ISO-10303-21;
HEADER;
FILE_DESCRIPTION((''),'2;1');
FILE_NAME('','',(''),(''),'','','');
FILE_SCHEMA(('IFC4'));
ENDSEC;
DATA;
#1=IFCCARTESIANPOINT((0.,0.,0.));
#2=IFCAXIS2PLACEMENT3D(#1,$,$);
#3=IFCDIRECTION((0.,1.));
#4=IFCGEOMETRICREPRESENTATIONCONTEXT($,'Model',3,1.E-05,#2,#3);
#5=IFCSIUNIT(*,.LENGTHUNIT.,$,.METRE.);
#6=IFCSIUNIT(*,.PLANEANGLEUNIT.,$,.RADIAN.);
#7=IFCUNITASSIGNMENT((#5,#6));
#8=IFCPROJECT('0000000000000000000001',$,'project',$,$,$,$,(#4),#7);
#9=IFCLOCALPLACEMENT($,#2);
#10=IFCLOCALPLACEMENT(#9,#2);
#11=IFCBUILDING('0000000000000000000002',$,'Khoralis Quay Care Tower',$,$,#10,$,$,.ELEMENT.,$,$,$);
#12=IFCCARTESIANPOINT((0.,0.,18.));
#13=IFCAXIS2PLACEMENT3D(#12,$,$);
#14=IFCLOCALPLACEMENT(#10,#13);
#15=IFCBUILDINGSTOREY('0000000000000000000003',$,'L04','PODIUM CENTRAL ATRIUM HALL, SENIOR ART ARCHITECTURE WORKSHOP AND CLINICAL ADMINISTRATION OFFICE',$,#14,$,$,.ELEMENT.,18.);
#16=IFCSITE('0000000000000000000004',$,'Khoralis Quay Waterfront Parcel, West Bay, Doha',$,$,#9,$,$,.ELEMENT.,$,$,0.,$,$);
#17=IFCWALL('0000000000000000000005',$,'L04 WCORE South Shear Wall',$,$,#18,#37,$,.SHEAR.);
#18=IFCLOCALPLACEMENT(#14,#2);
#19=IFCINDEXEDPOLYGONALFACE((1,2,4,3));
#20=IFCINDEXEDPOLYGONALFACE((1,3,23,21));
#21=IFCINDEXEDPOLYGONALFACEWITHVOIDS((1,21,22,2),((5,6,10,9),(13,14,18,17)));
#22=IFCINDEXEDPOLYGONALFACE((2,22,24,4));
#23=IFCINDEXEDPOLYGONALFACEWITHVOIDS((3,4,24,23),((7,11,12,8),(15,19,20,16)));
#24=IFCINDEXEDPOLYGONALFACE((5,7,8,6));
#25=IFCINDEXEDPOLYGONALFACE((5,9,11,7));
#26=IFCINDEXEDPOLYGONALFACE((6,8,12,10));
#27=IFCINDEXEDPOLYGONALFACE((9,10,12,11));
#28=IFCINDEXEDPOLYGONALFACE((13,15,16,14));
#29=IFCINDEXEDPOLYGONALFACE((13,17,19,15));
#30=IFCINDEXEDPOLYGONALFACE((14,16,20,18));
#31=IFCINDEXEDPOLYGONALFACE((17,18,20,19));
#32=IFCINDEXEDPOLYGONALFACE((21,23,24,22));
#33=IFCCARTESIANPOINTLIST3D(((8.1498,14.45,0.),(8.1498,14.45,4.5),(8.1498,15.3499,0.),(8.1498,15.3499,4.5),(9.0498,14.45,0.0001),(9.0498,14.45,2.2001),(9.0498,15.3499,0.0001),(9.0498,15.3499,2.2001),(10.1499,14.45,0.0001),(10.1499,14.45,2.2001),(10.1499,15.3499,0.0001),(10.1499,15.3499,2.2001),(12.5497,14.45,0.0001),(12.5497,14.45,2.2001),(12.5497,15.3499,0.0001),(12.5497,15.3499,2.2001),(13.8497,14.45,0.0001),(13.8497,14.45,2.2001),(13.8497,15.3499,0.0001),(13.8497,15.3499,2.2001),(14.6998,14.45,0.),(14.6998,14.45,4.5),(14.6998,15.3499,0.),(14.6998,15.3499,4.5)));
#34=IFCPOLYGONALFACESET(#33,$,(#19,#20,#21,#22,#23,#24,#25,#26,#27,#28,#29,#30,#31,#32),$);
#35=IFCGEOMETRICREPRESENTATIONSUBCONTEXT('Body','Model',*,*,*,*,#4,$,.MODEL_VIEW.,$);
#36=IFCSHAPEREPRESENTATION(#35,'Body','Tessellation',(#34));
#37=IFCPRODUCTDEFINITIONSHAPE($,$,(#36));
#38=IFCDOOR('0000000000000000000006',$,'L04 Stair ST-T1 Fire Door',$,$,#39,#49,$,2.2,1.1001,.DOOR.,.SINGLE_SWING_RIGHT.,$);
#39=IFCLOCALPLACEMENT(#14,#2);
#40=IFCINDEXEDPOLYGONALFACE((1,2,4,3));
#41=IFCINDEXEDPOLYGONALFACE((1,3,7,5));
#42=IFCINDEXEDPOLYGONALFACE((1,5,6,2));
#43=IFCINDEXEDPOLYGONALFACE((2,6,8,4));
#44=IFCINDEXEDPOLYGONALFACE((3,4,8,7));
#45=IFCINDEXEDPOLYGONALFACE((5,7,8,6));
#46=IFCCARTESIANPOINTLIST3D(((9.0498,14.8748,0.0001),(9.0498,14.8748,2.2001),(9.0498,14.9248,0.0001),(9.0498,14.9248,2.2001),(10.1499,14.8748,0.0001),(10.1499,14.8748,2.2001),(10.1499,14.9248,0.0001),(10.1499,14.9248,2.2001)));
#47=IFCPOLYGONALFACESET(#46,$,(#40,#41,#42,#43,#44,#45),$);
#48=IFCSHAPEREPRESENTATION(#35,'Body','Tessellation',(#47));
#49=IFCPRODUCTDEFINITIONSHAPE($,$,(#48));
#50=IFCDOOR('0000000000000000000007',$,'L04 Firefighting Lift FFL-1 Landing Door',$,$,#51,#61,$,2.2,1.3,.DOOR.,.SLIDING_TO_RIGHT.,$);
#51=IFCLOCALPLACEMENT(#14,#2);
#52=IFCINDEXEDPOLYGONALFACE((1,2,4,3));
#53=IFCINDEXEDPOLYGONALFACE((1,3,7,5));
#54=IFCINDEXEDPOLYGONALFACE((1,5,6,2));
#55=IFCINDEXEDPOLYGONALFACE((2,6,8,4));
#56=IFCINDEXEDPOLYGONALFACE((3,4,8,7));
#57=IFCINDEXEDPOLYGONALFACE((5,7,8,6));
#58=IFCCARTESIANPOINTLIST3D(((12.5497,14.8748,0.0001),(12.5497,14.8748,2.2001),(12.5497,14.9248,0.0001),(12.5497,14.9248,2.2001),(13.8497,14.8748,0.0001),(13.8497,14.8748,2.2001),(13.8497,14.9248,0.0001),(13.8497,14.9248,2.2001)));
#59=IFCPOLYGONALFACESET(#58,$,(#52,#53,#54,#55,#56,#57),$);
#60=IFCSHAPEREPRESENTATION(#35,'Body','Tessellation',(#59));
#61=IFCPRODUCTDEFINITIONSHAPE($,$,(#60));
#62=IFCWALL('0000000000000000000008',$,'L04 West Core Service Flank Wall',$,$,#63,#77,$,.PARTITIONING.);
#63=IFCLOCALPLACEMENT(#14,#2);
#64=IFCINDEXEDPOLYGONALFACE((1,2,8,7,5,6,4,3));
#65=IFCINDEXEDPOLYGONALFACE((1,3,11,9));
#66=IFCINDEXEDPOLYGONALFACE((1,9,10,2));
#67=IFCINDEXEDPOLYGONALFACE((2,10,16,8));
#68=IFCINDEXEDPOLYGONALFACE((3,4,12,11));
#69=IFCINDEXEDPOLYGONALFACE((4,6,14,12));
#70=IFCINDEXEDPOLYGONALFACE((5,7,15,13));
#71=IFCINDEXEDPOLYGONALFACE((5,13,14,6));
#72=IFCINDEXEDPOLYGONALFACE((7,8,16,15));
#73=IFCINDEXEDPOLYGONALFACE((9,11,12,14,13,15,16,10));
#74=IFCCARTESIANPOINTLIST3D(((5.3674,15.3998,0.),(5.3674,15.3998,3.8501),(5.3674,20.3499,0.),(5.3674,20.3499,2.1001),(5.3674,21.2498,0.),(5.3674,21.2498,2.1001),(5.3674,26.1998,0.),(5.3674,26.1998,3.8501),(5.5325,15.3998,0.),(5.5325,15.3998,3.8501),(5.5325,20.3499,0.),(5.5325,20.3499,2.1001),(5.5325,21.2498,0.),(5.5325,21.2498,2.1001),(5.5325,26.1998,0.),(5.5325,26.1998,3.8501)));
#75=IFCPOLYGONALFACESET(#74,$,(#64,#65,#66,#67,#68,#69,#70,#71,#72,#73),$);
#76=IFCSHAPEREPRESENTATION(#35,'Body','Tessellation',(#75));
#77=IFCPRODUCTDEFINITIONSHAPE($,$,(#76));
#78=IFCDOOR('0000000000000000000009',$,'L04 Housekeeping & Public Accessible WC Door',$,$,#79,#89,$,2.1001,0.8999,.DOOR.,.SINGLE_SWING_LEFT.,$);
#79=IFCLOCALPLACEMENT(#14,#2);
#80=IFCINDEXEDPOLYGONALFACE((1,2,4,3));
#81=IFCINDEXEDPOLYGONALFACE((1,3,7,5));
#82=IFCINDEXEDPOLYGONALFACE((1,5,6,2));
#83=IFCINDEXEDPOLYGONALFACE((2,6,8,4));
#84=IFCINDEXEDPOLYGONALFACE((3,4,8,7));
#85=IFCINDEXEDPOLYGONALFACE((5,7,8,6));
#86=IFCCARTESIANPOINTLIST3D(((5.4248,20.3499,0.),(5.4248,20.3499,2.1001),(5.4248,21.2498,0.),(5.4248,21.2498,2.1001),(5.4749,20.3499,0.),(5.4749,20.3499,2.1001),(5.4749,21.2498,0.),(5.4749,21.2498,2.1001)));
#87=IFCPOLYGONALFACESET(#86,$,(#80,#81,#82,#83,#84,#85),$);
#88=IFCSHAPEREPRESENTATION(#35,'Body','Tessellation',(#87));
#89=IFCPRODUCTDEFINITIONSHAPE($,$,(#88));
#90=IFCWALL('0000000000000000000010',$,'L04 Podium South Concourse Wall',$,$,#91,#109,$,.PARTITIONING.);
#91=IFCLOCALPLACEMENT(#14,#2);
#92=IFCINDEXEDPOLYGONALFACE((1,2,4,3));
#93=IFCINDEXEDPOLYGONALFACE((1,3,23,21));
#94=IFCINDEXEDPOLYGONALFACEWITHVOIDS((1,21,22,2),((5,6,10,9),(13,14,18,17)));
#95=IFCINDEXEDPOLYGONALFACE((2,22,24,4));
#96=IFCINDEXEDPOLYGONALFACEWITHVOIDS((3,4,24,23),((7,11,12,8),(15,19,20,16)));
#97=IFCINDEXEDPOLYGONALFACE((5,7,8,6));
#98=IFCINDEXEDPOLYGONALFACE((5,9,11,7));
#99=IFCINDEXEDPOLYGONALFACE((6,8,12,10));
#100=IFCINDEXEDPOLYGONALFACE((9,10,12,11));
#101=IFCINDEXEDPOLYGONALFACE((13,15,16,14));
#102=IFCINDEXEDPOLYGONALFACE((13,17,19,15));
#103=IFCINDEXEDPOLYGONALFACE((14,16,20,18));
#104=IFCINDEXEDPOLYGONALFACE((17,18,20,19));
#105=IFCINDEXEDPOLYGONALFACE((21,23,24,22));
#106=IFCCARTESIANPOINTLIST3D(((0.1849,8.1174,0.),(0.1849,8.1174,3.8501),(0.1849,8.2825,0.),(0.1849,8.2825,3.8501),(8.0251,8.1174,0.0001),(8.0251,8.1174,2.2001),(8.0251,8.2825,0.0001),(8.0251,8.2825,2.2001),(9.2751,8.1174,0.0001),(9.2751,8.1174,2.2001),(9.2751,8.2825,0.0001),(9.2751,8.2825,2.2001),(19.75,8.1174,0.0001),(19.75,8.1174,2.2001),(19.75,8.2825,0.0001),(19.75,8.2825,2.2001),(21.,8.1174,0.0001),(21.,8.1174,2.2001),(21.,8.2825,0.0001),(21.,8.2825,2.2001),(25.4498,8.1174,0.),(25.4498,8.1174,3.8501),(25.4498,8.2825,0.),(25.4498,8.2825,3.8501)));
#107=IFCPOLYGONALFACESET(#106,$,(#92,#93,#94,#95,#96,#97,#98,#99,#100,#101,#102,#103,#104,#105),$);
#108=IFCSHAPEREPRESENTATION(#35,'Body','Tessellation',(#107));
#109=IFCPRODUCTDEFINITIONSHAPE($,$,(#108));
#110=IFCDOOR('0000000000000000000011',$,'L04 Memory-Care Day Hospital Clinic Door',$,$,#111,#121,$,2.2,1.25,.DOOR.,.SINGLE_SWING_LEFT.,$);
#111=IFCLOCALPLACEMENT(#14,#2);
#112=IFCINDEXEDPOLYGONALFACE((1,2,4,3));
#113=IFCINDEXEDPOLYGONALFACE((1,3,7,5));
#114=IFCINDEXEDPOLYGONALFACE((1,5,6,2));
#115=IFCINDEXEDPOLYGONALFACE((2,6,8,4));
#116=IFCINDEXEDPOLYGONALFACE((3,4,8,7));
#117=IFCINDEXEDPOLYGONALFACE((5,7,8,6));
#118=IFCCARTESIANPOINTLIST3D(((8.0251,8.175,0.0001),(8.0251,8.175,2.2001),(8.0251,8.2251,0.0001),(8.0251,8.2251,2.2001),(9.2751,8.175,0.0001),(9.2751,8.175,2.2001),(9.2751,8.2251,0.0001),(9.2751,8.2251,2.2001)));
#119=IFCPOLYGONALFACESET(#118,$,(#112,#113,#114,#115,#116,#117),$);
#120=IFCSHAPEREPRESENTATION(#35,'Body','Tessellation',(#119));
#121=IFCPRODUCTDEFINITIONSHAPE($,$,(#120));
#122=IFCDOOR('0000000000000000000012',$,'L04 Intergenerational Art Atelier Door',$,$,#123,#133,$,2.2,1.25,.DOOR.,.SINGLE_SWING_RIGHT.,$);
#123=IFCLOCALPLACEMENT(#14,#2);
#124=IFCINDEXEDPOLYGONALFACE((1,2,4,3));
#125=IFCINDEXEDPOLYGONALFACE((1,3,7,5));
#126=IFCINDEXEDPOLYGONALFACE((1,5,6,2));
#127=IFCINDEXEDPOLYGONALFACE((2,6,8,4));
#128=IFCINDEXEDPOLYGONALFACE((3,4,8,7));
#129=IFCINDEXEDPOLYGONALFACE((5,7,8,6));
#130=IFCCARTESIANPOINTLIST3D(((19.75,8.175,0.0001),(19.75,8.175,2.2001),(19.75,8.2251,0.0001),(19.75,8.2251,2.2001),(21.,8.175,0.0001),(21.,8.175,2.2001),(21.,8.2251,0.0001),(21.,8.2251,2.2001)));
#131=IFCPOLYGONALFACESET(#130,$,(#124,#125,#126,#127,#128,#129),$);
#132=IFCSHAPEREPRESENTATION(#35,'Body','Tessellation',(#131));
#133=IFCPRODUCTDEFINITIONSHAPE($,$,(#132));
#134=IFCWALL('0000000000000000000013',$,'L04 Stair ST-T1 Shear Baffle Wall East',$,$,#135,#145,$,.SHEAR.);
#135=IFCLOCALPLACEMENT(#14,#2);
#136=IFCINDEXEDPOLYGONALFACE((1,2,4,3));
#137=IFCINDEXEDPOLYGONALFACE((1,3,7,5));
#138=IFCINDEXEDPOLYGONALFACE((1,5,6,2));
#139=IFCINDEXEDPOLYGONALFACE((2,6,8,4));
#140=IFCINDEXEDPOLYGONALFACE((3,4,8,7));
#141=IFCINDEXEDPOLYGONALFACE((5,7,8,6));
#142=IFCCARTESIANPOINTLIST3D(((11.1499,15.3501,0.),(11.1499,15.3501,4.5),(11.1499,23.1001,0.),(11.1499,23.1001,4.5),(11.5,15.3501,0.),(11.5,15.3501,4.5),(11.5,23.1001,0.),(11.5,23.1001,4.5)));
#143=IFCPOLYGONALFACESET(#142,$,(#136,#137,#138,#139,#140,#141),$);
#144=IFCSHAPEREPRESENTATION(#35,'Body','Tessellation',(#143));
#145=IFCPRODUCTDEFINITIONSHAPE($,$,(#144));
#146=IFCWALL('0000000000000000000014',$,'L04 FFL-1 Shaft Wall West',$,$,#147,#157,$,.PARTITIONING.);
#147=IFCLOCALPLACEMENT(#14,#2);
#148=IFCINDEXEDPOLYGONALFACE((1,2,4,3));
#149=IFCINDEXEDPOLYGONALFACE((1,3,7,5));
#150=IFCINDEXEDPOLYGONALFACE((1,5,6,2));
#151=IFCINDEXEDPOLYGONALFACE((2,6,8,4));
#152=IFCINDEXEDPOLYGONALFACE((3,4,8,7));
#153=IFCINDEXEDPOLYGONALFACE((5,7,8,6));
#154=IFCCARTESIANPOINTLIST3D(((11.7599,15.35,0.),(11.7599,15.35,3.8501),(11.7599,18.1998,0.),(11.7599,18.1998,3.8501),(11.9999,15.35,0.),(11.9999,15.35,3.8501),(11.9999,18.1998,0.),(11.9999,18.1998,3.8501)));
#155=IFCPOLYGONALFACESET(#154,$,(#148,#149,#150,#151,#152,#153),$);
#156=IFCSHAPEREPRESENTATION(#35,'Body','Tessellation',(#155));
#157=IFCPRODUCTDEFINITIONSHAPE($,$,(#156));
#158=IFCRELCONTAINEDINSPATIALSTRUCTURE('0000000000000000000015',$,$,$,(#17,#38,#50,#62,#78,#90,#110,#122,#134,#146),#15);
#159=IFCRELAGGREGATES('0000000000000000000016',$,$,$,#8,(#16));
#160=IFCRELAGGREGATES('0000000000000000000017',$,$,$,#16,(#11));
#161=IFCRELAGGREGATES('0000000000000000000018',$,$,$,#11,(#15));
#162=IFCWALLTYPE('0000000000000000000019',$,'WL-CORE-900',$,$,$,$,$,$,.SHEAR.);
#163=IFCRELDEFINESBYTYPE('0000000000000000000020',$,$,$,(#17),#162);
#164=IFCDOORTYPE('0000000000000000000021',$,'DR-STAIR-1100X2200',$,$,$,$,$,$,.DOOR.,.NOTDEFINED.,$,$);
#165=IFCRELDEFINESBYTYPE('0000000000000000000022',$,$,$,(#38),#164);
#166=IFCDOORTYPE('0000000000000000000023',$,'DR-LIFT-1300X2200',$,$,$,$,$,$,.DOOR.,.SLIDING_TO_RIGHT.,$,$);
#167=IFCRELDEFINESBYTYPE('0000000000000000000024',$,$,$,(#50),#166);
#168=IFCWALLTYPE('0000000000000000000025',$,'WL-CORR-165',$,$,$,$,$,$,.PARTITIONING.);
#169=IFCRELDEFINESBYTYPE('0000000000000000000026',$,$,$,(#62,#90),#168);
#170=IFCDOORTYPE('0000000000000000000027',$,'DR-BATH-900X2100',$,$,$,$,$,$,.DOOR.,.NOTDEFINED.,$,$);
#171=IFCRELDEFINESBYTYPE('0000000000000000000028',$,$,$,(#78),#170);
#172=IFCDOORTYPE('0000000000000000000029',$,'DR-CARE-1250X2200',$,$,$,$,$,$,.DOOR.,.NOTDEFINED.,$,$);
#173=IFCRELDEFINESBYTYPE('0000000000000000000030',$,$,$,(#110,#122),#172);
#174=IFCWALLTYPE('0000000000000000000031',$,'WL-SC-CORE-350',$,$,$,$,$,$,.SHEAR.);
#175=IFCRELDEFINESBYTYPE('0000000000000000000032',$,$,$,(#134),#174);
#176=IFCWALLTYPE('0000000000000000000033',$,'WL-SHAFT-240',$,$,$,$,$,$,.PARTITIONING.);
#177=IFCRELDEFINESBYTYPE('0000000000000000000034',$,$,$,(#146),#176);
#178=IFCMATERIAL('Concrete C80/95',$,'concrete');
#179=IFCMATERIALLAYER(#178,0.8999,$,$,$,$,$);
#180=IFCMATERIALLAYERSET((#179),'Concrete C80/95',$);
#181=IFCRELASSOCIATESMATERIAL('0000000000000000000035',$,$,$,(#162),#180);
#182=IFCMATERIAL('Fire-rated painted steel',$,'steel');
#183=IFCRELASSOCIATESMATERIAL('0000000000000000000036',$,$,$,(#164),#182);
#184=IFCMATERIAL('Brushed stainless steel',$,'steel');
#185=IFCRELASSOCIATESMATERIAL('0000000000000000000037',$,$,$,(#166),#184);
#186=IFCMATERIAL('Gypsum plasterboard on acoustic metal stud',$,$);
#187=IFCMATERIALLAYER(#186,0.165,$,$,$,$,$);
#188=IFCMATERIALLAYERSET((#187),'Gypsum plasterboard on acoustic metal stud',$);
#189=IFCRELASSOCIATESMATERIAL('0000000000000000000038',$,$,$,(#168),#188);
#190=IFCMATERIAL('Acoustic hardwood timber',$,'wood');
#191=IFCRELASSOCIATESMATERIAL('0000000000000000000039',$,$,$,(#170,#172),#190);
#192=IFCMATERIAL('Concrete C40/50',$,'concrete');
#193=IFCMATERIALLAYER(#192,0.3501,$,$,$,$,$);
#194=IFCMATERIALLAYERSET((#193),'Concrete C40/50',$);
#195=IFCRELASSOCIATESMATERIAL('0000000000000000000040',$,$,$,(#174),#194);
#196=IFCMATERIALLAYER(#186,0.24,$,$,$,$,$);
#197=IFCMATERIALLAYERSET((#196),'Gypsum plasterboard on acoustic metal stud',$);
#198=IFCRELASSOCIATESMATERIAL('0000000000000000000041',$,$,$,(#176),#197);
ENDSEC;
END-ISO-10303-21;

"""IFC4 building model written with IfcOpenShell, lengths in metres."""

from ifc_helpers import new_model, si_unit, direction, frame, frame_2d, origin, place, context, subcontext, project, spatial, rectangle, extrude, source, transform, mapped, material, layer, layer_set, type_object, element, fill, save


model = new_model("IFC4")

# Units and contexts
model_context = context("Model", 3, precision=1e-05, world=origin(), true_north=direction((0.0, 1.0)))
body_context = subcontext(model_context, "Body", "Model", "MODEL_VIEW")
ifc_project = project(units=[si_unit("LENGTHUNIT", "METRE"), si_unit("PLANEANGLEUNIT", "RADIAN")], contexts=[model_context])

# Site, building, storey
site_placement = place(None, origin())
site = spatial("IfcSite", under=ifc_project, at=site_placement, Name="Khoralis Quay Waterfront Parcel, West Bay, Doha", CompositionType="ELEMENT", RefElevation=0.0)
building_placement = place(site_placement, origin())
building = spatial("IfcBuilding", under=site, at=building_placement, Name="Khoralis Quay Care Tower", CompositionType="ELEMENT")
storey_placement = place(building_placement, frame((0.0, 0.0, 18.0)))
storey = spatial("IfcBuildingStorey", under=building, at=storey_placement, Name="L04", Description="PODIUM CENTRAL ATRIUM HALL, SENIOR ART ARCHITECTURE WORKSHOP AND CLINICAL ADMINISTRATION OFFICE", CompositionType="ELEMENT", Elevation=18.0)

# Shared definitions
ifc_material_1 = material(Name="Concrete C80/95", Category="concrete")

# Shared definitions
ifc_material_2 = material(Name="Gypsum plasterboard on acoustic metal stud")
ifc_material_3 = material(Name="Fire-rated painted steel", Category="steel")

# Shared definitions
ifc_layer_1 = layer(ifc_material_1, 0.8999)
ifc_layer_set_1 = layer_set([ifc_layer_1], Name="Concrete C80/95")
wall_type_1 = type_object("IfcWallType", Name="WL-CORE-900", PredefinedType="SHEAR", material=ifc_layer_set_1)

# Wall, openings, doors
wall_1_placement = place(storey_placement, frame((8.1499, 14.8999, 0.0), z_axis=(0.0, 0.0, 1.0), x_axis=(1.0, 0.0, 0.0)))
wall_1 = element("IfcWall", 1, at=wall_1_placement, inside=storey, type_object=wall_type_1, Name="L04 WCORE South Shear Wall", PredefinedType="SHEAR", context=body_context, shape_type="SweptSolid", body=[
    extrude(rectangle(XDim=6.55, YDim=0.8999, at=frame_2d((3.2749, 0.0))), origin(), (0.0, 0.0, 1.0), 4.5),
])
opening_1_placement = place(wall_1_placement, frame((0.8999, 0.0, 0.0)))
opening_1 = element("IfcOpeningElement", 2, at=opening_1_placement, cuts=wall_1, PredefinedType="OPENING", context=body_context, shape_type="SweptSolid", body=[
    extrude(rectangle(XDim=1.1001, YDim=2.2, at=frame_2d((0.55, 1.1001))), frame((0.0, 0.46, 0.0), z_axis=(0.0, -1.0, 0.0), x_axis=(1.0, 0.0, 0.0)), (0.0, 0.0, 1.0), 0.9199),
])
opening_2_placement = place(wall_1_placement, frame((4.3999, 0.0, 0.0)))
opening_2 = element("IfcOpeningElement", 3, at=opening_2_placement, cuts=wall_1, PredefinedType="OPENING", context=body_context, shape_type="SweptSolid", body=[
    extrude(rectangle(XDim=1.3, YDim=2.2, at=frame_2d((0.6499, 1.1001))), frame((0.0, 0.46, 0.0), z_axis=(0.0, -1.0, 0.0), x_axis=(1.0, 0.0, 0.0)), (0.0, 0.0, 1.0), 0.9199),
])
door_type_1 = type_object("IfcDoorType", Name="DR-STAIR-1100X2200", OperationType="NOTDEFINED", PredefinedType="DOOR", material=ifc_material_3)
shared_shape_1 = source(origin(), body_context, "Body", "SweptSolid", [
    extrude(rectangle(XDim=1.1001, YDim=2.2, at=frame_2d((0.55, 1.1001))), frame((0.0, 0.0249, 0.0), z_axis=(0.0, -1.0, 0.0), x_axis=(1.0, 0.0, 0.0)), (0.0, 0.0, 1.0), 0.05),
])
door_1_placement = place(opening_1_placement, origin())
door_1 = element("IfcDoor", 4, at=door_1_placement, inside=storey, type_object=door_type_1, Name="L04 Stair ST-T1 Fire Door", OperationType="SINGLE_SWING_RIGHT", OverallHeight=2.2, OverallWidth=1.1001, PredefinedType="DOOR", context=body_context, shape_type="MappedRepresentation", body=[
    mapped(shared_shape_1, transform((0.0, 0.0, 0.0), scale=1.0)),
])
fill(opening_1, door_1)
ifc_material_4 = material(Name="Brushed stainless steel", Category="steel")
door_type_2 = type_object("IfcDoorType", Name="DR-LIFT-1300X2200", OperationType="SLIDING_TO_RIGHT", PredefinedType="DOOR", material=ifc_material_4)
shared_shape_2 = source(origin(), body_context, "Body", "SweptSolid", [
    extrude(rectangle(XDim=1.3, YDim=2.2, at=frame_2d((0.6499, 1.1001))), frame((0.0, 0.0249, 0.0), z_axis=(0.0, -1.0, 0.0), x_axis=(1.0, 0.0, 0.0)), (0.0, 0.0, 1.0), 0.05),
])
door_2_placement = place(opening_2_placement, origin())
door_2 = element("IfcDoor", 5, at=door_2_placement, inside=storey, type_object=door_type_2, Name="L04 Firefighting Lift FFL-1 Landing Door", OperationType="SLIDING_TO_RIGHT", OverallHeight=2.2, OverallWidth=1.3, PredefinedType="DOOR", context=body_context, shape_type="MappedRepresentation", body=[
    mapped(shared_shape_2, transform((0.0, 0.0, 0.0), scale=1.0)),
])
fill(opening_2, door_2)

# Wall, opening, door
ifc_layer_2 = layer(ifc_material_2, 0.165)
ifc_layer_set_2 = layer_set([ifc_layer_2], Name="Gypsum plasterboard on acoustic metal stud")
wall_type_2 = type_object("IfcWallType", Name="WL-CORR-165", PredefinedType="PARTITIONING", material=ifc_layer_set_2)
wall_2_placement = place(storey_placement, frame((5.45, 15.3999, 0.0), z_axis=(0.0, 0.0, 1.0), x_axis=(0.0, 1.0, 0.0)))
wall_2 = element("IfcWall", 6, at=wall_2_placement, inside=storey, type_object=wall_type_2, Name="L04 West Core Service Flank Wall", PredefinedType="PARTITIONING", context=body_context, shape_type="SweptSolid", body=[
    extrude(rectangle(XDim=10.8, YDim=0.165, at=frame_2d((5.3999, 0.0))), origin(), (0.0, 0.0, 1.0), 3.8501),
])
opening_3_placement = place(wall_2_placement, frame((4.95, 0.0, 0.0)))
opening_3 = element("IfcOpeningElement", 7, at=opening_3_placement, cuts=wall_2, PredefinedType="OPENING", context=body_context, shape_type="SweptSolid", body=[
    extrude(rectangle(XDim=0.8999, YDim=2.1001, at=frame_2d((0.45, 1.05))), frame((0.0, 0.0925, 0.0), z_axis=(0.0, -1.0, 0.0), x_axis=(1.0, 0.0, 0.0)), (0.0, 0.0, 1.0), 0.1851),
])
ifc_material_5 = material(Name="Acoustic hardwood timber", Category="wood")
door_type_3 = type_object("IfcDoorType", Name="DR-BATH-900X2100", OperationType="NOTDEFINED", PredefinedType="DOOR", material=ifc_material_5)
shared_shape_3 = source(origin(), body_context, "Body", "SweptSolid", [
    extrude(rectangle(XDim=0.8999, YDim=2.1001, at=frame_2d((0.45, 1.05))), frame((0.0, 0.0249, 0.0), z_axis=(0.0, -1.0, 0.0), x_axis=(1.0, 0.0, 0.0)), (0.0, 0.0, 1.0), 0.05),
])
door_3_placement = place(opening_3_placement, frame((0.8999, 0.0, 0.0), z_axis=(0.0, 0.0, 1.0), x_axis=(-1.0, 0.0, 0.0)))
door_3 = element("IfcDoor", 8, at=door_3_placement, inside=storey, type_object=door_type_3, Name="L04 Housekeeping & Public Accessible WC Door", OperationType="SINGLE_SWING_LEFT", OverallHeight=2.1001, OverallWidth=0.8999, PredefinedType="DOOR", context=body_context, shape_type="MappedRepresentation", body=[
    mapped(shared_shape_3, transform((0.0, 0.0, 0.0), scale=1.0)),
])
fill(opening_3, door_3)

# Wall, openings, doors
wall_3_placement = place(storey_placement, frame((0.1851, 8.2, 0.0), z_axis=(0.0, 0.0, 1.0), x_axis=(1.0, 0.0, 0.0)))
wall_3 = element("IfcWall", 9, at=wall_3_placement, inside=storey, type_object=wall_type_2, Name="L04 Podium South Concourse Wall", PredefinedType="PARTITIONING", context=body_context, shape_type="SweptSolid", body=[
    extrude(rectangle(XDim=25.2649, YDim=0.165, at=frame_2d((12.6323, 0.0))), origin(), (0.0, 0.0, 1.0), 3.8501),
])
opening_4_placement = place(wall_3_placement, frame((7.8401, 0.0, 0.0)))
opening_4 = element("IfcOpeningElement", 10, at=opening_4_placement, cuts=wall_3, PredefinedType="OPENING", context=body_context, shape_type="SweptSolid", body=[
    extrude(rectangle(XDim=1.25, YDim=2.2, at=frame_2d((0.625, 1.1001))), frame((0.0, 0.0925, 0.0), z_axis=(0.0, -1.0, 0.0), x_axis=(1.0, 0.0, 0.0)), (0.0, 0.0, 1.0), 0.1851),
])
opening_5_placement = place(wall_3_placement, frame((19.5649, 0.0, 0.0)))
opening_5 = element("IfcOpeningElement", 11, at=opening_5_placement, cuts=wall_3, PredefinedType="OPENING", context=body_context, shape_type="SweptSolid", body=[
    extrude(rectangle(XDim=1.25, YDim=2.2, at=frame_2d((0.625, 1.1001))), frame((0.0, 0.0925, 0.0), z_axis=(0.0, -1.0, 0.0), x_axis=(1.0, 0.0, 0.0)), (0.0, 0.0, 1.0), 0.1851),
])
door_type_4 = type_object("IfcDoorType", Name="DR-CARE-1250X2200", OperationType="NOTDEFINED", PredefinedType="DOOR", material=ifc_material_5)
shared_shape_4 = source(origin(), body_context, "Body", "SweptSolid", [
    extrude(rectangle(XDim=1.25, YDim=2.2, at=frame_2d((0.625, 1.1001))), frame((0.0, 0.0249, 0.0), z_axis=(0.0, -1.0, 0.0), x_axis=(1.0, 0.0, 0.0)), (0.0, 0.0, 1.0), 0.05),
])
door_4_placement = place(opening_4_placement, frame((1.25, 0.0, 0.0), z_axis=(0.0, 0.0, 1.0), x_axis=(-1.0, 0.0, 0.0)))
door_4 = element("IfcDoor", 12, at=door_4_placement, inside=storey, type_object=door_type_4, Name="L04 Memory-Care Day Hospital Clinic Door", OperationType="SINGLE_SWING_LEFT", OverallHeight=2.2, OverallWidth=1.25, PredefinedType="DOOR", context=body_context, shape_type="MappedRepresentation", body=[
    mapped(shared_shape_4, transform((0.0, 0.0, 0.0), scale=1.0)),
])
fill(opening_4, door_4)
door_5_placement = place(opening_5_placement, frame((1.25, 0.0, 0.0), z_axis=(0.0, 0.0, 1.0), x_axis=(-1.0, 0.0, 0.0)))
door_5 = element("IfcDoor", 13, at=door_5_placement, inside=storey, type_object=door_type_4, Name="L04 Intergenerational Art Atelier Door", OperationType="SINGLE_SWING_RIGHT", OverallHeight=2.2, OverallWidth=1.25, PredefinedType="DOOR", context=body_context, shape_type="MappedRepresentation", body=[
    mapped(shared_shape_4, transform((0.0, 0.0, 0.0), scale=1.0)),
])
fill(opening_5, door_5)

# Walls
ifc_material_6 = material(Name="Concrete C40/50", Category="concrete")
ifc_layer_3 = layer(ifc_material_6, 0.3501)
ifc_layer_set_3 = layer_set([ifc_layer_3], Name="Concrete C40/50")
wall_type_3 = type_object("IfcWallType", Name="WL-SC-CORE-350", PredefinedType="SHEAR", material=ifc_layer_set_3)
wall_4_placement = place(storey_placement, frame((11.325, 15.3501, 0.0), z_axis=(0.0, 0.0, 1.0), x_axis=(0.0, 1.0, 0.0)))
element("IfcWall", 14, at=wall_4_placement, inside=storey, type_object=wall_type_3, Name="L04 Stair ST-T1 Shear Baffle Wall East", PredefinedType="SHEAR", context=body_context, shape_type="SweptSolid", body=[
    extrude(rectangle(XDim=7.75, YDim=0.3501, at=frame_2d((3.875, 0.0))), origin(), (0.0, 0.0, 1.0), 4.5),
])
ifc_layer_4 = layer(ifc_material_2, 0.24)
ifc_layer_set_4 = layer_set([ifc_layer_4], Name="Gypsum plasterboard on acoustic metal stud")
wall_type_4 = type_object("IfcWallType", Name="WL-SHAFT-240", PredefinedType="PARTITIONING", material=ifc_layer_set_4)
wall_5_placement = place(storey_placement, frame((11.8799, 15.3501, 0.0), z_axis=(0.0, 0.0, 1.0), x_axis=(0.0, 1.0, 0.0)))
element("IfcWall", 15, at=wall_5_placement, inside=storey, type_object=wall_type_4, Name="L04 FFL-1 Shaft Wall West", PredefinedType="PARTITIONING", context=body_context, shape_type="SweptSolid", body=[
    extrude(rectangle(XDim=2.8499, YDim=0.24, at=frame_2d((1.4248, 0.0))), origin(), (0.0, 0.0, 1.0), 3.8501),
])

save(model, "model.ifc")
